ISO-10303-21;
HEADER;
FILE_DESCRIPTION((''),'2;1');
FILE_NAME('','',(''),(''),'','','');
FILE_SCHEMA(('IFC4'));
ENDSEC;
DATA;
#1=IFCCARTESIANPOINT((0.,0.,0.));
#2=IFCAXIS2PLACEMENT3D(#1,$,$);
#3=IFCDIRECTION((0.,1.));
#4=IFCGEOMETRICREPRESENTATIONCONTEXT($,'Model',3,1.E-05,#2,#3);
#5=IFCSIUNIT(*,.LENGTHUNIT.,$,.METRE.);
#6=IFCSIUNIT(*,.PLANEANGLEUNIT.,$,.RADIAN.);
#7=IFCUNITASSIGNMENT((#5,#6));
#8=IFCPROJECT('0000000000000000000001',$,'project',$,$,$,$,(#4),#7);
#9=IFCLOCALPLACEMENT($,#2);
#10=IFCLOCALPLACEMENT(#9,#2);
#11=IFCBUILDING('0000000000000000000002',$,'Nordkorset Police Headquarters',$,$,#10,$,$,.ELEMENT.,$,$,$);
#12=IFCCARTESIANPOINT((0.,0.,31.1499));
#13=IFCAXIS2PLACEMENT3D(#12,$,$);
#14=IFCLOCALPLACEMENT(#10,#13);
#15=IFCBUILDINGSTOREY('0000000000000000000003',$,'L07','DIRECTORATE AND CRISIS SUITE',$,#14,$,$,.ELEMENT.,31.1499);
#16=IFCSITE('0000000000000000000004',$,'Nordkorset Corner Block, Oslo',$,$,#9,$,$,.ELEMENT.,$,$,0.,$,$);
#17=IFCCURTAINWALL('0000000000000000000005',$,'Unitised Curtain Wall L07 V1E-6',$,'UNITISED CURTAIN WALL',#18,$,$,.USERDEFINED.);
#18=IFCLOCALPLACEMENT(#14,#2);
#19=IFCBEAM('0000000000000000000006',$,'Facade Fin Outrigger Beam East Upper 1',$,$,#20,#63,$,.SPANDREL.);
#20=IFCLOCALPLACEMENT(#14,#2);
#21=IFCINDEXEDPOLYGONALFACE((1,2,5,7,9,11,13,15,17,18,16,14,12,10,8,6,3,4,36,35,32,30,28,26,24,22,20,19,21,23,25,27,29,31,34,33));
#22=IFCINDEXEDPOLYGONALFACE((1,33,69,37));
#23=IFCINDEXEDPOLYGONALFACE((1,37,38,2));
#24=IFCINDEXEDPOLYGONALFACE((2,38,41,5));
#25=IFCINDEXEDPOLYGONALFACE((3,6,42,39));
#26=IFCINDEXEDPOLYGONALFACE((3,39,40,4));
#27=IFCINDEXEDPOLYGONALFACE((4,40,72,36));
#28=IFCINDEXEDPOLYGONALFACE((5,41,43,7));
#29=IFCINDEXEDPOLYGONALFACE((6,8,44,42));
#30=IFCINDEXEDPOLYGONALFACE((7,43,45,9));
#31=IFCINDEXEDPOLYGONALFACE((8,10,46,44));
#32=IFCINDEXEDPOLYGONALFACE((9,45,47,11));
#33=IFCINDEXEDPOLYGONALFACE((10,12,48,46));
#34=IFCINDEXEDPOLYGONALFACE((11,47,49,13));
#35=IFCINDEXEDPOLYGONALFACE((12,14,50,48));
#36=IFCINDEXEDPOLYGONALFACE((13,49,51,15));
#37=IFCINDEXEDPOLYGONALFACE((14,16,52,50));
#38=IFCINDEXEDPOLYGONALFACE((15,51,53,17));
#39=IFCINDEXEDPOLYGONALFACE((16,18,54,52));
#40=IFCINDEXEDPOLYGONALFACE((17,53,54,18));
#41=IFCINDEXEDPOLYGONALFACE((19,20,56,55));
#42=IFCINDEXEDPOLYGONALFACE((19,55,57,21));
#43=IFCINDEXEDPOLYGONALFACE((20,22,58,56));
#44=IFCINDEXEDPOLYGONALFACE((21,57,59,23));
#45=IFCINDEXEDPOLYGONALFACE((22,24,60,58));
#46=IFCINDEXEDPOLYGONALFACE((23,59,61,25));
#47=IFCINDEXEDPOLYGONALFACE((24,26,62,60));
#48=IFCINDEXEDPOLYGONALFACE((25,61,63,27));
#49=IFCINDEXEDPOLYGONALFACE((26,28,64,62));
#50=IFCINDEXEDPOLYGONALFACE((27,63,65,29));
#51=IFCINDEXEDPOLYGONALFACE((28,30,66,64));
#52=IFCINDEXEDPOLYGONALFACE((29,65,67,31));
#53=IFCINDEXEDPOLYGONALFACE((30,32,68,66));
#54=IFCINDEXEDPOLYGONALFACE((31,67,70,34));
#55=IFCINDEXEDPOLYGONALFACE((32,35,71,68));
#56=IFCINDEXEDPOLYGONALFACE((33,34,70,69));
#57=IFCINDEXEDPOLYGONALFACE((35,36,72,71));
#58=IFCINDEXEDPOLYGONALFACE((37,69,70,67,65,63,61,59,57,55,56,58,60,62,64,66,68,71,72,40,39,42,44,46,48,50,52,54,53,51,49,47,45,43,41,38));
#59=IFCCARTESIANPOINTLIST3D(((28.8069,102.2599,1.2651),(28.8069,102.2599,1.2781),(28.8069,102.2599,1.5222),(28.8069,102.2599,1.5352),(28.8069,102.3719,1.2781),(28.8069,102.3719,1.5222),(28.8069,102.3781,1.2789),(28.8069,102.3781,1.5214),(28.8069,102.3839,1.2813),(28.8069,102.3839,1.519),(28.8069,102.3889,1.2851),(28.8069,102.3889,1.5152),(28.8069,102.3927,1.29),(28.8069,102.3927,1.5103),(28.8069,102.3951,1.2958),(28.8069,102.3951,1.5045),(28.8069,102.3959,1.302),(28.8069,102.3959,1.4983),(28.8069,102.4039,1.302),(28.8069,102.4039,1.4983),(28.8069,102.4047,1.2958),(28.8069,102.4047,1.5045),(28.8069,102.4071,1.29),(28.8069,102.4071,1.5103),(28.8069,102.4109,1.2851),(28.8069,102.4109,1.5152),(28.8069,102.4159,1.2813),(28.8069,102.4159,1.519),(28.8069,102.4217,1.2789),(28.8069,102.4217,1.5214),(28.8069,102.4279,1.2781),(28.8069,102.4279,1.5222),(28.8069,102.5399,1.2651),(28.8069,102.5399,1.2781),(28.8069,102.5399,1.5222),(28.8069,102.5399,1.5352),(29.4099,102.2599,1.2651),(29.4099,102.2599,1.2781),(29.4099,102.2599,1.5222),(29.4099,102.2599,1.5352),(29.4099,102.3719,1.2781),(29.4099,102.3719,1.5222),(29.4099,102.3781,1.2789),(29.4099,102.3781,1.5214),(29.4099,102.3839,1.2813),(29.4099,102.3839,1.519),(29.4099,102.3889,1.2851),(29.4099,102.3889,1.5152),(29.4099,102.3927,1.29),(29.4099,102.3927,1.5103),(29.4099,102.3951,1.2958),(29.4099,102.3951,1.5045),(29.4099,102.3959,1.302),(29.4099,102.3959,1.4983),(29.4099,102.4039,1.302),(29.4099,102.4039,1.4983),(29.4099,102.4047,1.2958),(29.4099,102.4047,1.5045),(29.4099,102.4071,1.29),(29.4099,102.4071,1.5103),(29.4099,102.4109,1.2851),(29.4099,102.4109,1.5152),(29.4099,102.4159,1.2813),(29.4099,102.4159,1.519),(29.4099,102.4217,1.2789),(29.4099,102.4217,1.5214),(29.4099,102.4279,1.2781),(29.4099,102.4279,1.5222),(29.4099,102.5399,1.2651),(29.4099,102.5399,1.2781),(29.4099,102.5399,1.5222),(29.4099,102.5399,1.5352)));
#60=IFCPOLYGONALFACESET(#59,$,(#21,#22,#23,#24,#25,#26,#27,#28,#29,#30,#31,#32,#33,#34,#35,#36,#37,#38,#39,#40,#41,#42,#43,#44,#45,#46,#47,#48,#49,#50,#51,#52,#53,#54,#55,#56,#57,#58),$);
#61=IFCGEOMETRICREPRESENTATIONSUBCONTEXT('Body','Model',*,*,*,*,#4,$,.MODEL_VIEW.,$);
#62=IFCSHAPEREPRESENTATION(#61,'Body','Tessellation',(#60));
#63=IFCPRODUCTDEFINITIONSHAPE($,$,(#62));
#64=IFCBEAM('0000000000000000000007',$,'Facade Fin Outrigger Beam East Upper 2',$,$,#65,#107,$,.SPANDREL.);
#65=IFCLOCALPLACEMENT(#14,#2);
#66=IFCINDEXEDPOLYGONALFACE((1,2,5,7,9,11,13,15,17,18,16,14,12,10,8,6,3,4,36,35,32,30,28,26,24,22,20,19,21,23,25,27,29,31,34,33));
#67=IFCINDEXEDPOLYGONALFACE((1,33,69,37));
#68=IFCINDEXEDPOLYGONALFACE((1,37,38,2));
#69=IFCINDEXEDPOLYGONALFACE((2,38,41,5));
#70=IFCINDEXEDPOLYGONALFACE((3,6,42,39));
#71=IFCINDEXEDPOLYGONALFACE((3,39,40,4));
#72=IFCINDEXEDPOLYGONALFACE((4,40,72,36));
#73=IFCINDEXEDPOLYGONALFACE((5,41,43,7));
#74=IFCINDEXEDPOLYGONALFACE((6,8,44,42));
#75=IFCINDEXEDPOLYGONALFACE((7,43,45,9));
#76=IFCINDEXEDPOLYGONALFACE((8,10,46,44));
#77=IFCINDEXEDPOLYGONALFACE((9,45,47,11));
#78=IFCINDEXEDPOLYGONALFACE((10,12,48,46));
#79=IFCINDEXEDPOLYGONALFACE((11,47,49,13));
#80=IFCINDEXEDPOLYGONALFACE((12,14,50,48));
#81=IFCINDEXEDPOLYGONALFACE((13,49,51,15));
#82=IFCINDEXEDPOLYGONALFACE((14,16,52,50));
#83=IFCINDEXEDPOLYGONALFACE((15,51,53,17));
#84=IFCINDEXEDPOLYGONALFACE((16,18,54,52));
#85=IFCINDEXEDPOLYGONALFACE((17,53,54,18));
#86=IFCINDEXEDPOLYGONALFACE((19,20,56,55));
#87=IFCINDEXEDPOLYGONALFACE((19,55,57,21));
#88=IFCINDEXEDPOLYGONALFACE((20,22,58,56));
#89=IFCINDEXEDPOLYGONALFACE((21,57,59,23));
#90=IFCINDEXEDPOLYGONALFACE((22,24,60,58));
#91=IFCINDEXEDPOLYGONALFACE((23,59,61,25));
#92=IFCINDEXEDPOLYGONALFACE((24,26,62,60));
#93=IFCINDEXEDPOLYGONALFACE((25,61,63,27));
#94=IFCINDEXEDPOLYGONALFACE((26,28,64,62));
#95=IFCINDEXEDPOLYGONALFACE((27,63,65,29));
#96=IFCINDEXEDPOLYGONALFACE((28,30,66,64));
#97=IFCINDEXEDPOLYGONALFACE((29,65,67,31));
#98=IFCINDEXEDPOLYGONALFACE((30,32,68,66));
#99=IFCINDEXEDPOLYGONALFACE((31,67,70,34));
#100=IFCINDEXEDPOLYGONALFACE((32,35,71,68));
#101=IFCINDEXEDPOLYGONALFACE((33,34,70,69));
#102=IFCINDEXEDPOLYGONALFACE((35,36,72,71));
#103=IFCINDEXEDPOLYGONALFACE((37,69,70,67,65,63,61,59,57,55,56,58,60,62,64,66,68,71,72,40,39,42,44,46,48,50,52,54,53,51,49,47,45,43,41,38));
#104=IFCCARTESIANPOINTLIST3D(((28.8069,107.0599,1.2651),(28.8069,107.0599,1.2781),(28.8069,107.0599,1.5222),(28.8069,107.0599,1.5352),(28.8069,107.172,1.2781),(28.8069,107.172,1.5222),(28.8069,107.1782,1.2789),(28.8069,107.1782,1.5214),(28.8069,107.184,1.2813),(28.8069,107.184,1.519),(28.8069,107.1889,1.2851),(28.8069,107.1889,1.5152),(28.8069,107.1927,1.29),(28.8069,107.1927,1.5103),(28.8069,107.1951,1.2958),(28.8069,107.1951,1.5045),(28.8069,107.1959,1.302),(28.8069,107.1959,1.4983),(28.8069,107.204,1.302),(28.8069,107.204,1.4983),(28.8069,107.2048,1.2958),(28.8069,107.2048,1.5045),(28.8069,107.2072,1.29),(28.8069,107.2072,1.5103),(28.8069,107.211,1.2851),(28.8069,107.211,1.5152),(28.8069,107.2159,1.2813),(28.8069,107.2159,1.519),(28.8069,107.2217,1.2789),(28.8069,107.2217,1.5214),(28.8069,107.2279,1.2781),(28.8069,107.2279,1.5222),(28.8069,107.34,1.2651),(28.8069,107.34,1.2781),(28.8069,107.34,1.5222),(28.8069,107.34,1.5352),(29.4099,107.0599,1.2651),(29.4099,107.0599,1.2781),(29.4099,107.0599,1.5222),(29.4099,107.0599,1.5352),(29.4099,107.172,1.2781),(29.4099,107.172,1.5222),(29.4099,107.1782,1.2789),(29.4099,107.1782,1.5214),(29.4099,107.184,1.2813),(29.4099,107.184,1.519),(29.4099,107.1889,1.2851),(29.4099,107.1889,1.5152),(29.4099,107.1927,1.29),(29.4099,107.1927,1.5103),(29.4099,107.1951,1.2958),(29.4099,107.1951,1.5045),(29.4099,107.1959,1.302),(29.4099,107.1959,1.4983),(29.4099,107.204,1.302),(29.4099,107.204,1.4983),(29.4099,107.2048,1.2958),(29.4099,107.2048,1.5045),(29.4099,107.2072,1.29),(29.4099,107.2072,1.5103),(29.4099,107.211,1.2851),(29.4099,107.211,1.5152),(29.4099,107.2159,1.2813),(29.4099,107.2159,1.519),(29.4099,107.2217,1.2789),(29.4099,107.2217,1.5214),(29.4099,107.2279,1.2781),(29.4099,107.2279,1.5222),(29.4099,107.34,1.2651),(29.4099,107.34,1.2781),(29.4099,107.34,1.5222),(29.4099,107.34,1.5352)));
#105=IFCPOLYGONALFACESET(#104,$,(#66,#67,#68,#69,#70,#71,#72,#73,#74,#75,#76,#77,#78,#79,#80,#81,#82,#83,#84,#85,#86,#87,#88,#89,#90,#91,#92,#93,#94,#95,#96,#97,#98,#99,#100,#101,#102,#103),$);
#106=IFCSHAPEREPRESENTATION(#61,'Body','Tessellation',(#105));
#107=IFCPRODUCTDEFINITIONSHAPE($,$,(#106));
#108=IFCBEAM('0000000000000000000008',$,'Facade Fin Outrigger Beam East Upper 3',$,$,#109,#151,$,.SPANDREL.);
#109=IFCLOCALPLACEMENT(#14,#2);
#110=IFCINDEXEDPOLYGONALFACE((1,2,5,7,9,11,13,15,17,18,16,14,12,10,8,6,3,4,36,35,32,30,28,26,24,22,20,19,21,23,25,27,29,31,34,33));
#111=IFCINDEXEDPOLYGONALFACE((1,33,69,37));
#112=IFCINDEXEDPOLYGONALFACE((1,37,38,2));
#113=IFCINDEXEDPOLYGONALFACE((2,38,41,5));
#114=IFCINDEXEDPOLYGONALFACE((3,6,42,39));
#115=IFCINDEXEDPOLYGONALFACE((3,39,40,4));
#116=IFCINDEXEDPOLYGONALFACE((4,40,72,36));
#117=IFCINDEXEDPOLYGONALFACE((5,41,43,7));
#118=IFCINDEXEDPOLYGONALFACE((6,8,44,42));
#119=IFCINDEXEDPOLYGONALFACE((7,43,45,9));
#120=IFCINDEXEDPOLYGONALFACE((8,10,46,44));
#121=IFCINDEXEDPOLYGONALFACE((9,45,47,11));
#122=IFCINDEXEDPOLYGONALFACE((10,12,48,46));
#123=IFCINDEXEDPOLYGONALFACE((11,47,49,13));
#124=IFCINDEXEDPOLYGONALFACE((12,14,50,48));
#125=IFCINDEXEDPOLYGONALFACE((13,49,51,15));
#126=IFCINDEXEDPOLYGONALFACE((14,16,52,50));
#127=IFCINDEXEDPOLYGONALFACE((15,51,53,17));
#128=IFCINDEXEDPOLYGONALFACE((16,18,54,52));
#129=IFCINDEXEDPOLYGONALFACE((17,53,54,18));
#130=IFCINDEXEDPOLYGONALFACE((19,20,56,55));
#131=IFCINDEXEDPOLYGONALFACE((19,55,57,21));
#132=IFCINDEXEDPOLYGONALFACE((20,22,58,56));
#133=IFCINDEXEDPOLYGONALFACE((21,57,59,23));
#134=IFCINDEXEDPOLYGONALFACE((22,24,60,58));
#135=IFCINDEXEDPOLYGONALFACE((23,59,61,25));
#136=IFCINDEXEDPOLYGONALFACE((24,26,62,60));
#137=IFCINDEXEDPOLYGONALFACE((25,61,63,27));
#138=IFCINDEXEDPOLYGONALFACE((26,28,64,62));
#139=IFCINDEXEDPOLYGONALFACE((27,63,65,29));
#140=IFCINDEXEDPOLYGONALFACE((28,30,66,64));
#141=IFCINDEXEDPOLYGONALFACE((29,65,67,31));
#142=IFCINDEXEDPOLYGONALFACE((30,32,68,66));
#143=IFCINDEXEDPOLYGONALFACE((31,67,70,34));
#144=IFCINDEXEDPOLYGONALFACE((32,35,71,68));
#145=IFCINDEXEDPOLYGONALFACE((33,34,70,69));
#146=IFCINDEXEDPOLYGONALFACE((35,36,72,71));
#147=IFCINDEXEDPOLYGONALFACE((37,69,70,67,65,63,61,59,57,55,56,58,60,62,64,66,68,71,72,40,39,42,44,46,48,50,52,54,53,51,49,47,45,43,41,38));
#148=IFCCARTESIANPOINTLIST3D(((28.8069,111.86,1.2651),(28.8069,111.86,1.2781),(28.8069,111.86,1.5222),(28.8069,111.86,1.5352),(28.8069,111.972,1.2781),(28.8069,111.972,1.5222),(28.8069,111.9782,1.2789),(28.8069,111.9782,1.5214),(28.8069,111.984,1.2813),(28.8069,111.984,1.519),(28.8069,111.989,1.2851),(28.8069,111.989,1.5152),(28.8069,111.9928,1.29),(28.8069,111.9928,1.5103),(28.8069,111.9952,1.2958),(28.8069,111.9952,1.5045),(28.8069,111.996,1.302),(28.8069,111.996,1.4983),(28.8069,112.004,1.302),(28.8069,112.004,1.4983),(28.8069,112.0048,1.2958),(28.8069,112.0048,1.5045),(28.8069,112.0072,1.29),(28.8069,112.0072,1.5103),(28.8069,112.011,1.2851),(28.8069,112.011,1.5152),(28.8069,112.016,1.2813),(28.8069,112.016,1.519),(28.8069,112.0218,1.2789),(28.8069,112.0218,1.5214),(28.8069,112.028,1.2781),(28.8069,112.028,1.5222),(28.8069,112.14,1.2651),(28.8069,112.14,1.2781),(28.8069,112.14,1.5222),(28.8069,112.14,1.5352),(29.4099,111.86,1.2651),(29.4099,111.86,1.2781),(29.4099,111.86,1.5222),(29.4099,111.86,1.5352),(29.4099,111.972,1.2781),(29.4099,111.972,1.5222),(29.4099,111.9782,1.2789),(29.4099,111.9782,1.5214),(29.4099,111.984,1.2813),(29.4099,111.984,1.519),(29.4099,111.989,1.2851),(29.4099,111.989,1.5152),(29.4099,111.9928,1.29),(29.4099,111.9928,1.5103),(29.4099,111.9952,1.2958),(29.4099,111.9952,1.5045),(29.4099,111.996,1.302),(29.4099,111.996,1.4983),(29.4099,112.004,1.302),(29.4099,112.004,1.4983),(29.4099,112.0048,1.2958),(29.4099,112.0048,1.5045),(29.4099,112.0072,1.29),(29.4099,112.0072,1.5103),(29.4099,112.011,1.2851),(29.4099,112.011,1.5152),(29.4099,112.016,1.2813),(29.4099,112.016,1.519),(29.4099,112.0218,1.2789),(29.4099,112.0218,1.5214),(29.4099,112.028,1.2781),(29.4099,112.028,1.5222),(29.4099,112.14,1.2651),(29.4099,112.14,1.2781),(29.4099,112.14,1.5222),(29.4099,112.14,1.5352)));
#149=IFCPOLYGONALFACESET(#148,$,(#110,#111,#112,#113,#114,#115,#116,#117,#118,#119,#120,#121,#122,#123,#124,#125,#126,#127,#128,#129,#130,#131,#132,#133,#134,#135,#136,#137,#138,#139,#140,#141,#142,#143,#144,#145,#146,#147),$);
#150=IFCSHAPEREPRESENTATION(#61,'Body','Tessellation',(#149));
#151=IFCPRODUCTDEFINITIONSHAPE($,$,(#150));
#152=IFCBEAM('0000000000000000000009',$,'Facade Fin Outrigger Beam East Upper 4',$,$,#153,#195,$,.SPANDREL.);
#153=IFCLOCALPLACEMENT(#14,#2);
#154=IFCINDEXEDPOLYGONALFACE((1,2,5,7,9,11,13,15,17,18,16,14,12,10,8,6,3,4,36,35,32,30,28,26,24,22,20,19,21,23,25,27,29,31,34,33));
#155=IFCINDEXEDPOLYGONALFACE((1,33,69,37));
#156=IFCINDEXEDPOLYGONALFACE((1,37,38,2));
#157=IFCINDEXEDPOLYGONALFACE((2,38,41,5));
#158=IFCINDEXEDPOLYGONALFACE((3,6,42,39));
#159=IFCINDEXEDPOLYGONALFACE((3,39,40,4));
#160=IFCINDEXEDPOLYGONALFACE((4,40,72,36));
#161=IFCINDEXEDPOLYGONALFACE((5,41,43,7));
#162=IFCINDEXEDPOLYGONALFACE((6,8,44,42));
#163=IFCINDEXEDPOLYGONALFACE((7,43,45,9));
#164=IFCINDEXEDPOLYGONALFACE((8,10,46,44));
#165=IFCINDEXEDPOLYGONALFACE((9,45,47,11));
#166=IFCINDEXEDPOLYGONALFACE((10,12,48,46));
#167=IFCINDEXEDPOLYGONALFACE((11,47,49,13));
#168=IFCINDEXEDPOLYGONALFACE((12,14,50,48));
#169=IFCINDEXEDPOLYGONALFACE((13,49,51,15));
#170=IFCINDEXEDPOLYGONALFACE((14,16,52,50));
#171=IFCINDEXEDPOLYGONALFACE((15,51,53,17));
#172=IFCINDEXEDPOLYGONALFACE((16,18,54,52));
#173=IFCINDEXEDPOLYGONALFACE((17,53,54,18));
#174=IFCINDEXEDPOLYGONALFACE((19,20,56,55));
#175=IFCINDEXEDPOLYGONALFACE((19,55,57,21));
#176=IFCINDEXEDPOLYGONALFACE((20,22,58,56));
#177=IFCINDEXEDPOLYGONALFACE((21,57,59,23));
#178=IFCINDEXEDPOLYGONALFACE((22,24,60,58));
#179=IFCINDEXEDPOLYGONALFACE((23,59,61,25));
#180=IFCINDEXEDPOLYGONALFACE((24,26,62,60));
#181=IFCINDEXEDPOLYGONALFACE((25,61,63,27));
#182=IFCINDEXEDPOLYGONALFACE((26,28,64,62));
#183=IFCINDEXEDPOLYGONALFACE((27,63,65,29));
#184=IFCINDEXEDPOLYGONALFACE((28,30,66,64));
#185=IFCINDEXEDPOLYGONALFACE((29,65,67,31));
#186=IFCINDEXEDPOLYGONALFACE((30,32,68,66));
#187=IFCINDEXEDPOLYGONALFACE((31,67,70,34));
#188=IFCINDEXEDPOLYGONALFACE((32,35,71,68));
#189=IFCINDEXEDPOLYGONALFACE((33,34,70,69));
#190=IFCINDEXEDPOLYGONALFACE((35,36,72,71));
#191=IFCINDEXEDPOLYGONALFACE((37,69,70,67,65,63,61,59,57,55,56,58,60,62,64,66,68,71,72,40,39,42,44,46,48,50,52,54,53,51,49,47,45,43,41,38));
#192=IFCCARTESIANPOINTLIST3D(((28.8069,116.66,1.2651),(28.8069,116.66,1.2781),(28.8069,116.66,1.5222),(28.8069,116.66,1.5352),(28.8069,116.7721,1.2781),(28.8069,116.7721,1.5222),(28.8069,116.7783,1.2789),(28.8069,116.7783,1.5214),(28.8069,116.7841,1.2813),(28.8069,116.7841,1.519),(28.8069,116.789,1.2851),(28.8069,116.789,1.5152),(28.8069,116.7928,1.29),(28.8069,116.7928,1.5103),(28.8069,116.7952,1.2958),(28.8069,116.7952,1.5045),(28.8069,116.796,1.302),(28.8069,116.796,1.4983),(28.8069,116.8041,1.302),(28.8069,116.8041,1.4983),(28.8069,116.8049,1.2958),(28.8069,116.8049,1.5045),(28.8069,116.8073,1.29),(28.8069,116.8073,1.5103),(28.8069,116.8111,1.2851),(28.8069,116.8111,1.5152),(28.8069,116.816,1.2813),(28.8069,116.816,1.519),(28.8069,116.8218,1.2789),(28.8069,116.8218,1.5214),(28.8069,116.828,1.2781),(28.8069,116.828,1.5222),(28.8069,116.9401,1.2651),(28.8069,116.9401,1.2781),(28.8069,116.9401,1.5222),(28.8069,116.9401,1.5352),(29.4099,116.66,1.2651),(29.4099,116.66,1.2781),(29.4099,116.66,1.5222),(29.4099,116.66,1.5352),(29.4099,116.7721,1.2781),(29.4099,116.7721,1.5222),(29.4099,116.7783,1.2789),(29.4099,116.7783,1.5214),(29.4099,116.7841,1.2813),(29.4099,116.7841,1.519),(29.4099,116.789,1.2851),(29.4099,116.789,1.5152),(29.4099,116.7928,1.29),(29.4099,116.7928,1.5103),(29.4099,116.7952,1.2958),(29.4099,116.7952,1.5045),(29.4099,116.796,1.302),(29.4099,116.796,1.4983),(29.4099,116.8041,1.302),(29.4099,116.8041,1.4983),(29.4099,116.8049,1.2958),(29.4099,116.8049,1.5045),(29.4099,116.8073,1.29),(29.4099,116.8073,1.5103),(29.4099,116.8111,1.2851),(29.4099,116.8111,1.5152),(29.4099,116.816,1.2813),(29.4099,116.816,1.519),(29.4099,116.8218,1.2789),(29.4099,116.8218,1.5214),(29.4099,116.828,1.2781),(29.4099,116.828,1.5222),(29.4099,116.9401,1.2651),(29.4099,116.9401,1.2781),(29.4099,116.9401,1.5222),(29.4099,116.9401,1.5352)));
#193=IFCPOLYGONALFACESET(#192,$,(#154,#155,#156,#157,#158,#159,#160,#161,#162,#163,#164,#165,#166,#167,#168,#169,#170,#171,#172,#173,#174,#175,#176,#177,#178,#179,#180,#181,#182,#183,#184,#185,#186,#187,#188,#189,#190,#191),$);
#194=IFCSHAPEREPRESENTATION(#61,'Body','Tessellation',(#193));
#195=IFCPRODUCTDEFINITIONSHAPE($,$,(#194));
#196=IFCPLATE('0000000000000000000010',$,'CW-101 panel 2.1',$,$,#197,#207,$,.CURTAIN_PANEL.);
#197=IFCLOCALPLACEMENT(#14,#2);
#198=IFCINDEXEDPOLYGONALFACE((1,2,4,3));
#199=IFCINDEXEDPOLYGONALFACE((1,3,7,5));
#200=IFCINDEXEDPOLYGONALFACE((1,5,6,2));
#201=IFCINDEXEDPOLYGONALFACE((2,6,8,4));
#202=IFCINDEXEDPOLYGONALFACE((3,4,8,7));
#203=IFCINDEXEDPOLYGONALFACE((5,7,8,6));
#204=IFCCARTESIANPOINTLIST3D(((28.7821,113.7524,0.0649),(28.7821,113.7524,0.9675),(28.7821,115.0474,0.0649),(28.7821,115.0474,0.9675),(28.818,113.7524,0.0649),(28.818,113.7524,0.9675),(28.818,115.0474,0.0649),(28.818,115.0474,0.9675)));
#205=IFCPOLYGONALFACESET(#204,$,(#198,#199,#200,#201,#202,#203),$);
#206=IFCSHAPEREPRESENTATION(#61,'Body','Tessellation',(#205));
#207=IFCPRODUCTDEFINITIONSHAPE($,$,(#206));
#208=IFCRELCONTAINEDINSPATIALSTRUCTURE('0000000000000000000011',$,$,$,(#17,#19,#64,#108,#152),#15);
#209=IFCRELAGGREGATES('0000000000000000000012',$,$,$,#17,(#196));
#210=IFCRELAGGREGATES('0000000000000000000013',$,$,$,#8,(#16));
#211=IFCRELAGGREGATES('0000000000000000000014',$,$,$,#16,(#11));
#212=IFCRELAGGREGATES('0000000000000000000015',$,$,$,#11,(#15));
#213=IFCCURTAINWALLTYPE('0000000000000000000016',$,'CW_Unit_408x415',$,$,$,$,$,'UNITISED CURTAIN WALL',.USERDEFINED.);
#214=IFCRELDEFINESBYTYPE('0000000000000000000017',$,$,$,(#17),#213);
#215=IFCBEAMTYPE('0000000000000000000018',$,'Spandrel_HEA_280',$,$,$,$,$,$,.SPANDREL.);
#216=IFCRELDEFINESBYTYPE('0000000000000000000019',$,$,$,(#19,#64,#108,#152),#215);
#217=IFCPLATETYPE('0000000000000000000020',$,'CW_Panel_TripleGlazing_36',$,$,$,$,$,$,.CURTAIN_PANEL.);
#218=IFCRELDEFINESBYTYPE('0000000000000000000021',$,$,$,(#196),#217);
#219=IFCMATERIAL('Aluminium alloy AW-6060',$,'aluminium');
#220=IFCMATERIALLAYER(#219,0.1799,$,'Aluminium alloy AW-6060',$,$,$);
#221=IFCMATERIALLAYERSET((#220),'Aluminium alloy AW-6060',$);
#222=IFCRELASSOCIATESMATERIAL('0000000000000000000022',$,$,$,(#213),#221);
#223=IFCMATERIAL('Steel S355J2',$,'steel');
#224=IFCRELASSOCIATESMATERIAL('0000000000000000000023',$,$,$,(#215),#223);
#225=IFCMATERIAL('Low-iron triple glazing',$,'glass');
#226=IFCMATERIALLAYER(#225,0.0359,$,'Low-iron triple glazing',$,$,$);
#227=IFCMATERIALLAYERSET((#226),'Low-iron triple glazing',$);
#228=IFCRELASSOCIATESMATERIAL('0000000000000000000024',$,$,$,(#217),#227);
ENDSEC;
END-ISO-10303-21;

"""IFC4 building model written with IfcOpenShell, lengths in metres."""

from ifc_helpers import new_model, si_unit, direction, frame, origin, origin_2d, place, context, subcontext, project, spatial, rectangle, i_section, extrude, material, layer, layer_set, material_profile, profile_set, type_object, element, aggregate, save


model = new_model("IFC4")

# Units and contexts
model_context = context("Model", 3, precision=1e-05, world=origin(), true_north=direction((0.0, 1.0)))
body_context = subcontext(model_context, "Body", "Model", "MODEL_VIEW")
ifc_project = project(units=[si_unit("LENGTHUNIT", "METRE"), si_unit("PLANEANGLEUNIT", "RADIAN")], contexts=[model_context])

# Site, building, storey
site_placement = place(None, origin())
site = spatial("IfcSite", under=ifc_project, at=site_placement, Name="Nordkorset Corner Block, Oslo", CompositionType="ELEMENT", RefElevation=0.0)
building_placement = place(site_placement, origin())
building = spatial("IfcBuilding", under=site, at=building_placement, Name="Nordkorset Police Headquarters", CompositionType="ELEMENT")
storey_placement = place(building_placement, frame((0.0, 0.0, 31.1499)))
storey = spatial("IfcBuildingStorey", under=building, at=storey_placement, Name="L07", Description="DIRECTORATE AND CRISIS SUITE", CompositionType="ELEMENT", Elevation=31.1499)

# Curtain wall
ifc_material_1 = material(Name="Aluminium alloy AW-6060", Category="aluminium")
ifc_layer_1 = layer(ifc_material_1, 0.1799, Name="Aluminium alloy AW-6060")
ifc_layer_set_1 = layer_set([ifc_layer_1], Name="Aluminium alloy AW-6060")
curtain_wall_type = type_object("IfcCurtainWallType", Name="CW_Unit_408x415", ElementType="UNITISED CURTAIN WALL", PredefinedType="USERDEFINED", material=ifc_layer_set_1)
curtain_wall_placement = place(storey_placement, origin())
curtain_wall = element("IfcCurtainWall", 1, at=curtain_wall_placement, inside=storey, type_object=curtain_wall_type, Name="Unitised Curtain Wall L07 V1E-6", ObjectType="UNITISED CURTAIN WALL", PredefinedType="USERDEFINED")

# Beams
ifc_material_2 = material(Name="Steel S355J2", Category="steel")
ifc_material_profile_1 = material_profile(ifc_material_2, i_section(OverallWidth=0.28, OverallDepth=0.27, WebThickness=0.0081, FlangeThickness=0.0129, FilletRadius=0.0239, at=origin_2d()), Name="HEA 280")
ifc_profile_set_1 = profile_set([ifc_material_profile_1], Name="Steel S355J2")
beam_type = type_object("IfcBeamType", Name="Spandrel_HEA_280", PredefinedType="SPANDREL", material=ifc_profile_set_1)
for number, where, z_axis, x_axis, name in (
    (2, (28.8069, 102.3999, 1.4001), (1.0, 0.0, 0.0), (0.0, 1.0, 0.0), "Facade Fin Outrigger Beam East Upper 1"),
    (3, (28.8069, 107.2, 1.4001), (1.0, 0.0, 0.0), (0.0, 1.0, 0.0), "Facade Fin Outrigger Beam East Upper 2"),
    (4, (28.8069, 112.0, 1.4001), (1.0, 0.0, 0.0), (0.0, 1.0, 0.0), "Facade Fin Outrigger Beam East Upper 3"),
    (5, (28.8069, 116.8, 1.4001), (1.0, 0.0, 0.0), (0.0, 1.0, 0.0), "Facade Fin Outrigger Beam East Upper 4"),
):
    element("IfcBeam", number, at=place(storey_placement, frame(where, z_axis=z_axis, x_axis=x_axis)), inside=storey, type_object=beam_type, Name=name, PredefinedType="SPANDREL", context=body_context, shape_type="SweptSolid", body=[
        extrude(i_section(OverallWidth=0.28, OverallDepth=0.27, WebThickness=0.0081, FlangeThickness=0.0129, FilletRadius=0.0239, at=origin_2d()), origin(), (0.0, 0.0, 1.0), 0.603),
    ])

# Plate
ifc_material_3 = material(Name="Low-iron triple glazing", Category="glass")
ifc_layer_2 = layer(ifc_material_3, 0.0359, Name="Low-iron triple glazing")
ifc_layer_set_2 = layer_set([ifc_layer_2], Name="Low-iron triple glazing")
plate_type = type_object("IfcPlateType", Name="CW_Panel_TripleGlazing_36", PredefinedType="CURTAIN_PANEL", material=ifc_layer_set_2)
plate_1_placement = place(storey_placement, frame((28.8, 114.3999, 0.0649), z_axis=(0.0, 0.0, 1.0), x_axis=(0.0, 1.0, 0.0)))
plate_1 = element("IfcPlate", 6, at=plate_1_placement, type_object=plate_type, Name="CW-101 panel 2.1", PredefinedType="CURTAIN_PANEL", context=body_context, shape_type="SweptSolid", body=[
    extrude(rectangle(XDim=1.2949, YDim=0.0359, at=origin_2d()), origin(), (0.0, 0.0, 1.0), 0.9026),
])
aggregate(curtain_wall, [plate_1])

save(model, "model.ifc")
